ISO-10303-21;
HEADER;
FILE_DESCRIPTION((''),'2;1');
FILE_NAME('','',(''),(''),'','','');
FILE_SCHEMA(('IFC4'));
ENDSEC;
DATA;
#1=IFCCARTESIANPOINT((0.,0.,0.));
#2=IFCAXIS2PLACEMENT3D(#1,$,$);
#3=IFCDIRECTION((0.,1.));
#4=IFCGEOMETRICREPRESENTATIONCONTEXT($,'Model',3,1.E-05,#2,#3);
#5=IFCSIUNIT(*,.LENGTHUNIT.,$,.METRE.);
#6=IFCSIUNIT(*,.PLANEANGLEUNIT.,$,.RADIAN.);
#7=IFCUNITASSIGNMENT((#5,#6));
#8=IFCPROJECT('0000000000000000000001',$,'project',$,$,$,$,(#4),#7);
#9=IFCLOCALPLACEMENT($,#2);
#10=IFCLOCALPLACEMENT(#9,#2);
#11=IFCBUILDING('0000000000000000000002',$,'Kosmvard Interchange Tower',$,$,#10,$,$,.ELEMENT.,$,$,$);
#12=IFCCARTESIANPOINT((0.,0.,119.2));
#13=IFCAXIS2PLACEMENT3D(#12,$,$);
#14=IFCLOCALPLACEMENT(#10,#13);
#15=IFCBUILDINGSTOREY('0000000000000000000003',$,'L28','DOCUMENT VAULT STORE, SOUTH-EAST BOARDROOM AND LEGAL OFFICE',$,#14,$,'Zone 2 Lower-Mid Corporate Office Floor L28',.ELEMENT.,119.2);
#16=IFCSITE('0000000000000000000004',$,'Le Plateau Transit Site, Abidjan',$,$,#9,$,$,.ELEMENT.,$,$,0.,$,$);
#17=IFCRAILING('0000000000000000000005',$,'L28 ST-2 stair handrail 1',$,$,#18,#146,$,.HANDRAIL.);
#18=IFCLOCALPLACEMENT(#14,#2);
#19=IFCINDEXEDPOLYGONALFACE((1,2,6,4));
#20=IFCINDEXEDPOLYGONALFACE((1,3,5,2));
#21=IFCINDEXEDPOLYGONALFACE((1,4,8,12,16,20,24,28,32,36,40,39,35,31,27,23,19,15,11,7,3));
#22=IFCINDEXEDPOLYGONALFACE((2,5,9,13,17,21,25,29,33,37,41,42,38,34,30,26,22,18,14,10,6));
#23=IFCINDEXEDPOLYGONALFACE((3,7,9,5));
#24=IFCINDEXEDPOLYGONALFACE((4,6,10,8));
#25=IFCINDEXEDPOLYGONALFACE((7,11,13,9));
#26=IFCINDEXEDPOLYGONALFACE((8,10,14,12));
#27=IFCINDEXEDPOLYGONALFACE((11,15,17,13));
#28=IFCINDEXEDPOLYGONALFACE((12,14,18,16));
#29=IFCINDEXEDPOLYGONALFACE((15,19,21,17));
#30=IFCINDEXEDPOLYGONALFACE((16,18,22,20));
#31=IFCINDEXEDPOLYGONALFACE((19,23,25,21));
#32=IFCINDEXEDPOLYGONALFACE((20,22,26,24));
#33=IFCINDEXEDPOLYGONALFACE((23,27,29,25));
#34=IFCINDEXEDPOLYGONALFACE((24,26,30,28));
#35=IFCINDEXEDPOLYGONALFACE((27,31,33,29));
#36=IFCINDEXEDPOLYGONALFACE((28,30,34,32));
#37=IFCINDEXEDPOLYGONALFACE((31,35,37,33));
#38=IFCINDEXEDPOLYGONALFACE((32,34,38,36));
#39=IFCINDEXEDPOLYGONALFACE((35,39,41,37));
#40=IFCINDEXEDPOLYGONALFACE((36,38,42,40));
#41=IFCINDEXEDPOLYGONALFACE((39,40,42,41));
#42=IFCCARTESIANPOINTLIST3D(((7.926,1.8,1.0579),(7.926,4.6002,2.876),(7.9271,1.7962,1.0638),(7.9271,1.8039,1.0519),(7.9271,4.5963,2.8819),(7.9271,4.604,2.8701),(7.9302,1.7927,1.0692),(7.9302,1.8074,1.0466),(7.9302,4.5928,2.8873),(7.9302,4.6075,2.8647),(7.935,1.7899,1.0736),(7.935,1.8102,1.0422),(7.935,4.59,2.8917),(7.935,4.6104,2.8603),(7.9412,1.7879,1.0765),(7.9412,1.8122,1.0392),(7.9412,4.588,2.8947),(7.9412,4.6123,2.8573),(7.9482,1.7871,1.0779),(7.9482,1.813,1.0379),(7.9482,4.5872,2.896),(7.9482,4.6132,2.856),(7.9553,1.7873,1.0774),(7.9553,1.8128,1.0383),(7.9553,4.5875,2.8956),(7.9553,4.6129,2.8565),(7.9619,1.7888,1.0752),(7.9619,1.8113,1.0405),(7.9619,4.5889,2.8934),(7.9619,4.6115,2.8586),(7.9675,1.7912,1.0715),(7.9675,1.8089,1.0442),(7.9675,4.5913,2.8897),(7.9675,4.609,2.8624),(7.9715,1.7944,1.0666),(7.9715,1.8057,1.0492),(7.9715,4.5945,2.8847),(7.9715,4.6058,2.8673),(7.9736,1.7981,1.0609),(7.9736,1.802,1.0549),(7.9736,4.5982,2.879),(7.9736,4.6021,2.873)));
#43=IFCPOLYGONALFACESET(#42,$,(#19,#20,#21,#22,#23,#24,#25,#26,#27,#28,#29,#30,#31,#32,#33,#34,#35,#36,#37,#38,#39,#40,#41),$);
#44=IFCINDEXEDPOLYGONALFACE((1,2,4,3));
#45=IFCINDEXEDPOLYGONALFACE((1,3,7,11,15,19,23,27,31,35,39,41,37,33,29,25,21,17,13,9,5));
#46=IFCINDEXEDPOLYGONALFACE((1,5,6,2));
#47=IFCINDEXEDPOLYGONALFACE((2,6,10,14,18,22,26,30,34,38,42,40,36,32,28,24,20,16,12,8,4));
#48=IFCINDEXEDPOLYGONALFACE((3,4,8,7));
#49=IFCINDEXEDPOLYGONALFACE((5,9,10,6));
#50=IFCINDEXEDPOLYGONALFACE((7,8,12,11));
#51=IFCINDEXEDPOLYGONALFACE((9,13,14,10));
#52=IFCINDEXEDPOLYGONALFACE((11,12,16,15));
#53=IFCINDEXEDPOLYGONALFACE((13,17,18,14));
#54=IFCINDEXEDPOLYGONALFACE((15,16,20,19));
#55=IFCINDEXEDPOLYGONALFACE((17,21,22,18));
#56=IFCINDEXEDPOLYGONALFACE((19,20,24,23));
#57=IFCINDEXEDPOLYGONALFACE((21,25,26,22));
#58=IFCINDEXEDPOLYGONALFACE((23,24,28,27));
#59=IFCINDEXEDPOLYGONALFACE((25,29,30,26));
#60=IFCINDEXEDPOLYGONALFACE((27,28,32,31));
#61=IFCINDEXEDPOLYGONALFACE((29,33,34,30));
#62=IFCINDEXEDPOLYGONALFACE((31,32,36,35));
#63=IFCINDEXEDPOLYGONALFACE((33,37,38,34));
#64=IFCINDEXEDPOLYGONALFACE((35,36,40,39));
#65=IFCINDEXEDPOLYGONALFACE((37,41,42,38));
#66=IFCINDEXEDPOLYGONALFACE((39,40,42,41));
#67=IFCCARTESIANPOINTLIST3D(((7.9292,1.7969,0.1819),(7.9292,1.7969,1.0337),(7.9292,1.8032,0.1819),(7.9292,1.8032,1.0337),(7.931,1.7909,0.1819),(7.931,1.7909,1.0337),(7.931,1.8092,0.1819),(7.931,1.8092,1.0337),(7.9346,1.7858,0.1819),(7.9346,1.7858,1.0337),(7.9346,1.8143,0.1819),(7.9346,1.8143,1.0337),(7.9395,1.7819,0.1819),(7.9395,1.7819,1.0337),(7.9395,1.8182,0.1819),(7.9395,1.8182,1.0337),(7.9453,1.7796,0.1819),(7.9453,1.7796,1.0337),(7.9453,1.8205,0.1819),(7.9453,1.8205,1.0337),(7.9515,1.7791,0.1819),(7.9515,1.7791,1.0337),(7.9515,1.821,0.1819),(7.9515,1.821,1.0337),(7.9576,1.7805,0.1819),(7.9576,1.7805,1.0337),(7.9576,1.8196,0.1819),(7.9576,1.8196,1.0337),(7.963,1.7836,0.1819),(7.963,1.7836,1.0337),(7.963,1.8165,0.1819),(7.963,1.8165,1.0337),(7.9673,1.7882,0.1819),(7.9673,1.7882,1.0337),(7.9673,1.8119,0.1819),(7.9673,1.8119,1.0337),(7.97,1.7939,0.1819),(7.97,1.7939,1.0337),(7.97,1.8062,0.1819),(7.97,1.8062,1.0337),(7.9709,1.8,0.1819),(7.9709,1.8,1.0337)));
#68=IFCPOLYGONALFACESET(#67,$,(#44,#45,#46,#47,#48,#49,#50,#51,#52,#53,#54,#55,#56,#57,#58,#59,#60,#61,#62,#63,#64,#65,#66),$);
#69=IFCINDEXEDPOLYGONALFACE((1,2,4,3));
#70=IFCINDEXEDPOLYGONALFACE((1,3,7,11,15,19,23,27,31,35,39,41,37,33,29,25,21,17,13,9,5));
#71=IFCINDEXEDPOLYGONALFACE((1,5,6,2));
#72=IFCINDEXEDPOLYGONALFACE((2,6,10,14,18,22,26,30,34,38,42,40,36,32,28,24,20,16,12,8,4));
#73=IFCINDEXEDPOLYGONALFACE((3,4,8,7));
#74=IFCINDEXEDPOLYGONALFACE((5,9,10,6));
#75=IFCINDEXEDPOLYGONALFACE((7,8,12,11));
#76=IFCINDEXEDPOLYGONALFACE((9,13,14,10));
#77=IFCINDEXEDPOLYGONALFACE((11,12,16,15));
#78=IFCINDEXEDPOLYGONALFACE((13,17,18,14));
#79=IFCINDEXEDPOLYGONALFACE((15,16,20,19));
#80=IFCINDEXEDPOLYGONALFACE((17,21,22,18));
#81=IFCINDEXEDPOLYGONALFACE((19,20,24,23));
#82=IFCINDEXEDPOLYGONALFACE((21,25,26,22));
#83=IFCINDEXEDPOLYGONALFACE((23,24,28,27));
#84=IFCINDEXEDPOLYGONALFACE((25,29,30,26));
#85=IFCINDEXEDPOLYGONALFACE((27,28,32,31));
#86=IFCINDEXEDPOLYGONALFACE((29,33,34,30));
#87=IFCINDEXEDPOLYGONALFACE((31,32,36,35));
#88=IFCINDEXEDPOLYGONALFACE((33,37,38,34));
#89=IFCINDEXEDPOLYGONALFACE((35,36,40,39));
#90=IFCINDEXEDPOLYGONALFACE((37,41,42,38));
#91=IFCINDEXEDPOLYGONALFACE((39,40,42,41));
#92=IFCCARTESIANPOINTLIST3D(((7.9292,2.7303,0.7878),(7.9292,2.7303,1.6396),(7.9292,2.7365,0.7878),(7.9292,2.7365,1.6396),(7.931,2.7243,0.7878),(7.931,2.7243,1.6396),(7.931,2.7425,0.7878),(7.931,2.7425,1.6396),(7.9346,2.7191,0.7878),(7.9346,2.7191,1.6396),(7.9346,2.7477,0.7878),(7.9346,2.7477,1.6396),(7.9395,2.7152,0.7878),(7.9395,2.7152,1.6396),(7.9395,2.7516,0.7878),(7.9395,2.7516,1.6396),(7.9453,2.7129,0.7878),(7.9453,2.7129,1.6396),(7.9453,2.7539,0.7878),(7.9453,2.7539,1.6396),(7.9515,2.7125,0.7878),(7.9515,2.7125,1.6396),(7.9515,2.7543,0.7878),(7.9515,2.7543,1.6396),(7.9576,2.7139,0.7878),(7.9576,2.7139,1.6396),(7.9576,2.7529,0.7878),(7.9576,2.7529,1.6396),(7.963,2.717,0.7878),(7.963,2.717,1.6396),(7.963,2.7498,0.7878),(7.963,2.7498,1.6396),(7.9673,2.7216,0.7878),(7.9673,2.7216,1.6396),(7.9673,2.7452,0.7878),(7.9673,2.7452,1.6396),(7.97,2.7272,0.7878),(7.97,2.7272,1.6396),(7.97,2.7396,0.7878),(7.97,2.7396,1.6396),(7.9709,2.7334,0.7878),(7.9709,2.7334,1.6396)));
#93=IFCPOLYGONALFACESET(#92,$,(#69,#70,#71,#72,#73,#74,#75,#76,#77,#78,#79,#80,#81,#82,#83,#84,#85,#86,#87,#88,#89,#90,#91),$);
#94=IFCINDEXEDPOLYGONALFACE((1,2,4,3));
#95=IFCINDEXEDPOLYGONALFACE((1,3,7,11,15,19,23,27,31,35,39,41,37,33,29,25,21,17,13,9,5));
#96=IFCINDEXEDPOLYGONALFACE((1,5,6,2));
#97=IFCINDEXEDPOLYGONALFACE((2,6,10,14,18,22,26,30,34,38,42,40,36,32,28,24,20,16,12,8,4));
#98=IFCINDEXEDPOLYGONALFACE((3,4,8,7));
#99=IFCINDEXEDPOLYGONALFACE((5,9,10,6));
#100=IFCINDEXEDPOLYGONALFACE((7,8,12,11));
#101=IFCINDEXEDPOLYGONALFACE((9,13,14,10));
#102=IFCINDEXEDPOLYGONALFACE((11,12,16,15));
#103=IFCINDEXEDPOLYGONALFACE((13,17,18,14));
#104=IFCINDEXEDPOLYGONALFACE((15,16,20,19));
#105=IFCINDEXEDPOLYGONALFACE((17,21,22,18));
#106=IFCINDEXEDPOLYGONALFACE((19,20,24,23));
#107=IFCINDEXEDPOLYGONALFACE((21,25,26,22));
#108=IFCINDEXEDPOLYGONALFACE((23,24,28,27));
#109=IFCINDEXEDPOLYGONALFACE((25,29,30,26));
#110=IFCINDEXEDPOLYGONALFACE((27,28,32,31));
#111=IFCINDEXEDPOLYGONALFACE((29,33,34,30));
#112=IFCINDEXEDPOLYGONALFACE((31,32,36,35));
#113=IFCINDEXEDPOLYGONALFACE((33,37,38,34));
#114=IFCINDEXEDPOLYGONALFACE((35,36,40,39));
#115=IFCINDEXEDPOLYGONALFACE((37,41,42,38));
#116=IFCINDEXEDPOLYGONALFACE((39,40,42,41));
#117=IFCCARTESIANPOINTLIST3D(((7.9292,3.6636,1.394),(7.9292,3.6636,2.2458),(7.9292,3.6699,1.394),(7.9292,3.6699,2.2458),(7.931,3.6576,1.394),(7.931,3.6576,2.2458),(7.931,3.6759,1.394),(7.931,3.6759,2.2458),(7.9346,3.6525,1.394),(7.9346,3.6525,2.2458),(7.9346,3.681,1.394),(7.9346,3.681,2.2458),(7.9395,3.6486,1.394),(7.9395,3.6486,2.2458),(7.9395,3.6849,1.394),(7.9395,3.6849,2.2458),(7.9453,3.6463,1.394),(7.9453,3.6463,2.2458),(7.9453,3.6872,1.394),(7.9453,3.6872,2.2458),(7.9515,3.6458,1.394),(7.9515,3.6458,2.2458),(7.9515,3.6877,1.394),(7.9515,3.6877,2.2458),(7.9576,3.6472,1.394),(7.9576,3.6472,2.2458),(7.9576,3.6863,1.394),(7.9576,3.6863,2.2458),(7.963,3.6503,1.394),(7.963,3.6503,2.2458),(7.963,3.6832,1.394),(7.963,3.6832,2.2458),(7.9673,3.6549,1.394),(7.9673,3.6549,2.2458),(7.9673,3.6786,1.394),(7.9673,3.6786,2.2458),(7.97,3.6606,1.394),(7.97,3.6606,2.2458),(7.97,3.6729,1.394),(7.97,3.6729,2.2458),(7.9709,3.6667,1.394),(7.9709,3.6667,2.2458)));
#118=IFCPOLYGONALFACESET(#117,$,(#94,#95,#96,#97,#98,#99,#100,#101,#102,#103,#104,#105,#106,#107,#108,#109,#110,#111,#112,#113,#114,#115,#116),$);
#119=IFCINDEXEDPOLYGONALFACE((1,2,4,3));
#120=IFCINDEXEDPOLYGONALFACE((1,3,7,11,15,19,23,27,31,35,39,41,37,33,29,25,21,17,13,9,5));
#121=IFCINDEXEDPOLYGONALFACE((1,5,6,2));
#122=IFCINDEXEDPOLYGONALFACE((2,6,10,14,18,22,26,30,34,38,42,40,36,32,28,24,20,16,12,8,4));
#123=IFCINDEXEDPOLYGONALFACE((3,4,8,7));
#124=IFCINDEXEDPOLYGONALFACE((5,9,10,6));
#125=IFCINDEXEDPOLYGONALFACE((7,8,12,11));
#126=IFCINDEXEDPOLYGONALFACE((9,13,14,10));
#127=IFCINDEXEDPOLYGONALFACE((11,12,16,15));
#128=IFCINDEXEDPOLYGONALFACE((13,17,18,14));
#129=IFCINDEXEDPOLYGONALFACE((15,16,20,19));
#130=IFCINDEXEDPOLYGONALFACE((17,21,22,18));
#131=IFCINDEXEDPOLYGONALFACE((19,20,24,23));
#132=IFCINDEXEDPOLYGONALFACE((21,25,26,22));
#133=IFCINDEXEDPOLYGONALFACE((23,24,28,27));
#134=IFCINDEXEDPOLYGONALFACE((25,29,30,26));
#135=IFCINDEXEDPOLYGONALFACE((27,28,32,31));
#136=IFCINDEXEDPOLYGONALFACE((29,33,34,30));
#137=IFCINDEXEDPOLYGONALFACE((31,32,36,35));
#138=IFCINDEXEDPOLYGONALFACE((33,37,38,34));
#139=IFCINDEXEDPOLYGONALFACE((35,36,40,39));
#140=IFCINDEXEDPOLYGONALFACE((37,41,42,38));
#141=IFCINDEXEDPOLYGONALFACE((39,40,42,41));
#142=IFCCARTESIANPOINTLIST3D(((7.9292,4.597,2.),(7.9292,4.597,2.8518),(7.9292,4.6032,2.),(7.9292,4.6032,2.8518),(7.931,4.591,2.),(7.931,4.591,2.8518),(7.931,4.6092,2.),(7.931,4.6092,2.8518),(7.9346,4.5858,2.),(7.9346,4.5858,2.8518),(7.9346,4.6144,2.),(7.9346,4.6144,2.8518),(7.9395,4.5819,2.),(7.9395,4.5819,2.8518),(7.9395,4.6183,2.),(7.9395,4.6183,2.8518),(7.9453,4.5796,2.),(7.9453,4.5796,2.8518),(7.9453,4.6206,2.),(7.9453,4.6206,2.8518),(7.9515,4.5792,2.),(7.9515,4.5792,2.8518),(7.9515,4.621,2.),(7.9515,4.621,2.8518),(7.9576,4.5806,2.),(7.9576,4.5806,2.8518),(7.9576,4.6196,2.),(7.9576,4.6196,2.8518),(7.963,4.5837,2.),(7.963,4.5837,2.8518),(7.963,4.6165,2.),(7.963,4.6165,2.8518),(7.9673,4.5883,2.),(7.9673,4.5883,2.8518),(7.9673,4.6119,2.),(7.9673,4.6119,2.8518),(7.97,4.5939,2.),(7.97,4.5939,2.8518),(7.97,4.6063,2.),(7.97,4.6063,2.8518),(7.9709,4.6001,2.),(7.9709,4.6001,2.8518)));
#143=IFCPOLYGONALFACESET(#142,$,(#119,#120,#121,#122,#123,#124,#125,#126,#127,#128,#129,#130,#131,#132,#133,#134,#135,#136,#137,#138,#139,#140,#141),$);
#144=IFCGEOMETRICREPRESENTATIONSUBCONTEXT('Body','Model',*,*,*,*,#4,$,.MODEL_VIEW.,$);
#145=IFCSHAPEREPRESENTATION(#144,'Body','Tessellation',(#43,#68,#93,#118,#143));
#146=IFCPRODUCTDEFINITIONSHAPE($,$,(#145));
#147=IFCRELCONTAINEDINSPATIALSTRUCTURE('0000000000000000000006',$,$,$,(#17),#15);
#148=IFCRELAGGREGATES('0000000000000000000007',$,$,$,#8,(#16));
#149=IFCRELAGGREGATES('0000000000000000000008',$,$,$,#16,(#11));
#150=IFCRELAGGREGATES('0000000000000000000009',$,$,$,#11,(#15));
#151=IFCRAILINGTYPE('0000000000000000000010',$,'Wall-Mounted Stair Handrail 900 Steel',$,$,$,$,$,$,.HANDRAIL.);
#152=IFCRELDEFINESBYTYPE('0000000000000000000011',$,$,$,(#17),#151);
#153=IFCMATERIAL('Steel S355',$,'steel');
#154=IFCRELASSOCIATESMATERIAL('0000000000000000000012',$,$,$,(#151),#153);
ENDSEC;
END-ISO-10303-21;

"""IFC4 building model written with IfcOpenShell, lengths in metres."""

from ifc_helpers import new_model, si_unit, direction, frame, origin, origin_2d, place, context, subcontext, project, spatial, circle, extrude, source, transform, mapped, material, type_object, element, save


model = new_model("IFC4")

# Units and contexts
model_context = context("Model", 3, precision=1e-05, world=origin(), true_north=direction((0.0, 1.0)))
body_context = subcontext(model_context, "Body", "Model", "MODEL_VIEW")
ifc_project = project(units=[si_unit("LENGTHUNIT", "METRE"), si_unit("PLANEANGLEUNIT", "RADIAN")], contexts=[model_context])

# Site, building, storey
site_placement = place(None, origin())
site = spatial("IfcSite", under=ifc_project, at=site_placement, Name="Le Plateau Transit Site, Abidjan", CompositionType="ELEMENT", RefElevation=0.0)
building_placement = place(site_placement, origin())
building = spatial("IfcBuilding", under=site, at=building_placement, Name="Kosmvard Interchange Tower", CompositionType="ELEMENT")
storey_placement = place(building_placement, frame((0.0, 0.0, 119.2)))
storey = spatial("IfcBuildingStorey", under=building, at=storey_placement, Name="L28", Description="DOCUMENT VAULT STORE, SOUTH-EAST BOARDROOM AND LEGAL OFFICE", LongName="Zone 2 Lower-Mid Corporate Office Floor L28", CompositionType="ELEMENT", Elevation=119.2)

# Shared definitions
ifc_material_1 = material(Name="Steel S355", Category="steel")

# Railing
railing_type_1 = type_object("IfcRailingType", Name="Wall-Mounted Stair Handrail 900 Steel", PredefinedType="HANDRAIL", material=ifc_material_1)
shared_shape_1 = source(origin(), body_context, "Body", "SweptSolid", [
    extrude(circle(Radius=0.0239, at=origin_2d()), frame((0.0, 0.0, 0.876), z_axis=(0.0, 0.838706, 0.544585), x_axis=(-1.0, 0.0, 0.0)), (0.0, 0.0, 1.0), 3.3386),
    extrude(circle(Radius=0.021, at=origin_2d()), origin(), (0.0, 0.0, 1.0), 0.8518),
    extrude(circle(Radius=0.021, at=origin_2d()), frame((0.0, 0.9333, 0.606)), (0.0, 0.0, 1.0), 0.8518),
    extrude(circle(Radius=0.021, at=origin_2d()), frame((0.0, 1.8667, 1.2122)), (0.0, 0.0, 1.0), 0.8518),
    extrude(circle(Radius=0.021, at=origin_2d()), frame((0.0, 2.8, 1.8181)), (0.0, 0.0, 1.0), 0.8518),
])
railing_1_placement = place(storey_placement, frame((7.95, 1.8, 0.1819)))
element("IfcRailing", 1, at=railing_1_placement, inside=storey, type_object=railing_type_1, Name="L28 ST-2 stair handrail 1", PredefinedType="HANDRAIL", context=body_context, shape_type="MappedRepresentation", body=[
    mapped(shared_shape_1, transform((0.0, 0.0, 0.0), scale=1.0)),
])

save(model, "model.ifc")
